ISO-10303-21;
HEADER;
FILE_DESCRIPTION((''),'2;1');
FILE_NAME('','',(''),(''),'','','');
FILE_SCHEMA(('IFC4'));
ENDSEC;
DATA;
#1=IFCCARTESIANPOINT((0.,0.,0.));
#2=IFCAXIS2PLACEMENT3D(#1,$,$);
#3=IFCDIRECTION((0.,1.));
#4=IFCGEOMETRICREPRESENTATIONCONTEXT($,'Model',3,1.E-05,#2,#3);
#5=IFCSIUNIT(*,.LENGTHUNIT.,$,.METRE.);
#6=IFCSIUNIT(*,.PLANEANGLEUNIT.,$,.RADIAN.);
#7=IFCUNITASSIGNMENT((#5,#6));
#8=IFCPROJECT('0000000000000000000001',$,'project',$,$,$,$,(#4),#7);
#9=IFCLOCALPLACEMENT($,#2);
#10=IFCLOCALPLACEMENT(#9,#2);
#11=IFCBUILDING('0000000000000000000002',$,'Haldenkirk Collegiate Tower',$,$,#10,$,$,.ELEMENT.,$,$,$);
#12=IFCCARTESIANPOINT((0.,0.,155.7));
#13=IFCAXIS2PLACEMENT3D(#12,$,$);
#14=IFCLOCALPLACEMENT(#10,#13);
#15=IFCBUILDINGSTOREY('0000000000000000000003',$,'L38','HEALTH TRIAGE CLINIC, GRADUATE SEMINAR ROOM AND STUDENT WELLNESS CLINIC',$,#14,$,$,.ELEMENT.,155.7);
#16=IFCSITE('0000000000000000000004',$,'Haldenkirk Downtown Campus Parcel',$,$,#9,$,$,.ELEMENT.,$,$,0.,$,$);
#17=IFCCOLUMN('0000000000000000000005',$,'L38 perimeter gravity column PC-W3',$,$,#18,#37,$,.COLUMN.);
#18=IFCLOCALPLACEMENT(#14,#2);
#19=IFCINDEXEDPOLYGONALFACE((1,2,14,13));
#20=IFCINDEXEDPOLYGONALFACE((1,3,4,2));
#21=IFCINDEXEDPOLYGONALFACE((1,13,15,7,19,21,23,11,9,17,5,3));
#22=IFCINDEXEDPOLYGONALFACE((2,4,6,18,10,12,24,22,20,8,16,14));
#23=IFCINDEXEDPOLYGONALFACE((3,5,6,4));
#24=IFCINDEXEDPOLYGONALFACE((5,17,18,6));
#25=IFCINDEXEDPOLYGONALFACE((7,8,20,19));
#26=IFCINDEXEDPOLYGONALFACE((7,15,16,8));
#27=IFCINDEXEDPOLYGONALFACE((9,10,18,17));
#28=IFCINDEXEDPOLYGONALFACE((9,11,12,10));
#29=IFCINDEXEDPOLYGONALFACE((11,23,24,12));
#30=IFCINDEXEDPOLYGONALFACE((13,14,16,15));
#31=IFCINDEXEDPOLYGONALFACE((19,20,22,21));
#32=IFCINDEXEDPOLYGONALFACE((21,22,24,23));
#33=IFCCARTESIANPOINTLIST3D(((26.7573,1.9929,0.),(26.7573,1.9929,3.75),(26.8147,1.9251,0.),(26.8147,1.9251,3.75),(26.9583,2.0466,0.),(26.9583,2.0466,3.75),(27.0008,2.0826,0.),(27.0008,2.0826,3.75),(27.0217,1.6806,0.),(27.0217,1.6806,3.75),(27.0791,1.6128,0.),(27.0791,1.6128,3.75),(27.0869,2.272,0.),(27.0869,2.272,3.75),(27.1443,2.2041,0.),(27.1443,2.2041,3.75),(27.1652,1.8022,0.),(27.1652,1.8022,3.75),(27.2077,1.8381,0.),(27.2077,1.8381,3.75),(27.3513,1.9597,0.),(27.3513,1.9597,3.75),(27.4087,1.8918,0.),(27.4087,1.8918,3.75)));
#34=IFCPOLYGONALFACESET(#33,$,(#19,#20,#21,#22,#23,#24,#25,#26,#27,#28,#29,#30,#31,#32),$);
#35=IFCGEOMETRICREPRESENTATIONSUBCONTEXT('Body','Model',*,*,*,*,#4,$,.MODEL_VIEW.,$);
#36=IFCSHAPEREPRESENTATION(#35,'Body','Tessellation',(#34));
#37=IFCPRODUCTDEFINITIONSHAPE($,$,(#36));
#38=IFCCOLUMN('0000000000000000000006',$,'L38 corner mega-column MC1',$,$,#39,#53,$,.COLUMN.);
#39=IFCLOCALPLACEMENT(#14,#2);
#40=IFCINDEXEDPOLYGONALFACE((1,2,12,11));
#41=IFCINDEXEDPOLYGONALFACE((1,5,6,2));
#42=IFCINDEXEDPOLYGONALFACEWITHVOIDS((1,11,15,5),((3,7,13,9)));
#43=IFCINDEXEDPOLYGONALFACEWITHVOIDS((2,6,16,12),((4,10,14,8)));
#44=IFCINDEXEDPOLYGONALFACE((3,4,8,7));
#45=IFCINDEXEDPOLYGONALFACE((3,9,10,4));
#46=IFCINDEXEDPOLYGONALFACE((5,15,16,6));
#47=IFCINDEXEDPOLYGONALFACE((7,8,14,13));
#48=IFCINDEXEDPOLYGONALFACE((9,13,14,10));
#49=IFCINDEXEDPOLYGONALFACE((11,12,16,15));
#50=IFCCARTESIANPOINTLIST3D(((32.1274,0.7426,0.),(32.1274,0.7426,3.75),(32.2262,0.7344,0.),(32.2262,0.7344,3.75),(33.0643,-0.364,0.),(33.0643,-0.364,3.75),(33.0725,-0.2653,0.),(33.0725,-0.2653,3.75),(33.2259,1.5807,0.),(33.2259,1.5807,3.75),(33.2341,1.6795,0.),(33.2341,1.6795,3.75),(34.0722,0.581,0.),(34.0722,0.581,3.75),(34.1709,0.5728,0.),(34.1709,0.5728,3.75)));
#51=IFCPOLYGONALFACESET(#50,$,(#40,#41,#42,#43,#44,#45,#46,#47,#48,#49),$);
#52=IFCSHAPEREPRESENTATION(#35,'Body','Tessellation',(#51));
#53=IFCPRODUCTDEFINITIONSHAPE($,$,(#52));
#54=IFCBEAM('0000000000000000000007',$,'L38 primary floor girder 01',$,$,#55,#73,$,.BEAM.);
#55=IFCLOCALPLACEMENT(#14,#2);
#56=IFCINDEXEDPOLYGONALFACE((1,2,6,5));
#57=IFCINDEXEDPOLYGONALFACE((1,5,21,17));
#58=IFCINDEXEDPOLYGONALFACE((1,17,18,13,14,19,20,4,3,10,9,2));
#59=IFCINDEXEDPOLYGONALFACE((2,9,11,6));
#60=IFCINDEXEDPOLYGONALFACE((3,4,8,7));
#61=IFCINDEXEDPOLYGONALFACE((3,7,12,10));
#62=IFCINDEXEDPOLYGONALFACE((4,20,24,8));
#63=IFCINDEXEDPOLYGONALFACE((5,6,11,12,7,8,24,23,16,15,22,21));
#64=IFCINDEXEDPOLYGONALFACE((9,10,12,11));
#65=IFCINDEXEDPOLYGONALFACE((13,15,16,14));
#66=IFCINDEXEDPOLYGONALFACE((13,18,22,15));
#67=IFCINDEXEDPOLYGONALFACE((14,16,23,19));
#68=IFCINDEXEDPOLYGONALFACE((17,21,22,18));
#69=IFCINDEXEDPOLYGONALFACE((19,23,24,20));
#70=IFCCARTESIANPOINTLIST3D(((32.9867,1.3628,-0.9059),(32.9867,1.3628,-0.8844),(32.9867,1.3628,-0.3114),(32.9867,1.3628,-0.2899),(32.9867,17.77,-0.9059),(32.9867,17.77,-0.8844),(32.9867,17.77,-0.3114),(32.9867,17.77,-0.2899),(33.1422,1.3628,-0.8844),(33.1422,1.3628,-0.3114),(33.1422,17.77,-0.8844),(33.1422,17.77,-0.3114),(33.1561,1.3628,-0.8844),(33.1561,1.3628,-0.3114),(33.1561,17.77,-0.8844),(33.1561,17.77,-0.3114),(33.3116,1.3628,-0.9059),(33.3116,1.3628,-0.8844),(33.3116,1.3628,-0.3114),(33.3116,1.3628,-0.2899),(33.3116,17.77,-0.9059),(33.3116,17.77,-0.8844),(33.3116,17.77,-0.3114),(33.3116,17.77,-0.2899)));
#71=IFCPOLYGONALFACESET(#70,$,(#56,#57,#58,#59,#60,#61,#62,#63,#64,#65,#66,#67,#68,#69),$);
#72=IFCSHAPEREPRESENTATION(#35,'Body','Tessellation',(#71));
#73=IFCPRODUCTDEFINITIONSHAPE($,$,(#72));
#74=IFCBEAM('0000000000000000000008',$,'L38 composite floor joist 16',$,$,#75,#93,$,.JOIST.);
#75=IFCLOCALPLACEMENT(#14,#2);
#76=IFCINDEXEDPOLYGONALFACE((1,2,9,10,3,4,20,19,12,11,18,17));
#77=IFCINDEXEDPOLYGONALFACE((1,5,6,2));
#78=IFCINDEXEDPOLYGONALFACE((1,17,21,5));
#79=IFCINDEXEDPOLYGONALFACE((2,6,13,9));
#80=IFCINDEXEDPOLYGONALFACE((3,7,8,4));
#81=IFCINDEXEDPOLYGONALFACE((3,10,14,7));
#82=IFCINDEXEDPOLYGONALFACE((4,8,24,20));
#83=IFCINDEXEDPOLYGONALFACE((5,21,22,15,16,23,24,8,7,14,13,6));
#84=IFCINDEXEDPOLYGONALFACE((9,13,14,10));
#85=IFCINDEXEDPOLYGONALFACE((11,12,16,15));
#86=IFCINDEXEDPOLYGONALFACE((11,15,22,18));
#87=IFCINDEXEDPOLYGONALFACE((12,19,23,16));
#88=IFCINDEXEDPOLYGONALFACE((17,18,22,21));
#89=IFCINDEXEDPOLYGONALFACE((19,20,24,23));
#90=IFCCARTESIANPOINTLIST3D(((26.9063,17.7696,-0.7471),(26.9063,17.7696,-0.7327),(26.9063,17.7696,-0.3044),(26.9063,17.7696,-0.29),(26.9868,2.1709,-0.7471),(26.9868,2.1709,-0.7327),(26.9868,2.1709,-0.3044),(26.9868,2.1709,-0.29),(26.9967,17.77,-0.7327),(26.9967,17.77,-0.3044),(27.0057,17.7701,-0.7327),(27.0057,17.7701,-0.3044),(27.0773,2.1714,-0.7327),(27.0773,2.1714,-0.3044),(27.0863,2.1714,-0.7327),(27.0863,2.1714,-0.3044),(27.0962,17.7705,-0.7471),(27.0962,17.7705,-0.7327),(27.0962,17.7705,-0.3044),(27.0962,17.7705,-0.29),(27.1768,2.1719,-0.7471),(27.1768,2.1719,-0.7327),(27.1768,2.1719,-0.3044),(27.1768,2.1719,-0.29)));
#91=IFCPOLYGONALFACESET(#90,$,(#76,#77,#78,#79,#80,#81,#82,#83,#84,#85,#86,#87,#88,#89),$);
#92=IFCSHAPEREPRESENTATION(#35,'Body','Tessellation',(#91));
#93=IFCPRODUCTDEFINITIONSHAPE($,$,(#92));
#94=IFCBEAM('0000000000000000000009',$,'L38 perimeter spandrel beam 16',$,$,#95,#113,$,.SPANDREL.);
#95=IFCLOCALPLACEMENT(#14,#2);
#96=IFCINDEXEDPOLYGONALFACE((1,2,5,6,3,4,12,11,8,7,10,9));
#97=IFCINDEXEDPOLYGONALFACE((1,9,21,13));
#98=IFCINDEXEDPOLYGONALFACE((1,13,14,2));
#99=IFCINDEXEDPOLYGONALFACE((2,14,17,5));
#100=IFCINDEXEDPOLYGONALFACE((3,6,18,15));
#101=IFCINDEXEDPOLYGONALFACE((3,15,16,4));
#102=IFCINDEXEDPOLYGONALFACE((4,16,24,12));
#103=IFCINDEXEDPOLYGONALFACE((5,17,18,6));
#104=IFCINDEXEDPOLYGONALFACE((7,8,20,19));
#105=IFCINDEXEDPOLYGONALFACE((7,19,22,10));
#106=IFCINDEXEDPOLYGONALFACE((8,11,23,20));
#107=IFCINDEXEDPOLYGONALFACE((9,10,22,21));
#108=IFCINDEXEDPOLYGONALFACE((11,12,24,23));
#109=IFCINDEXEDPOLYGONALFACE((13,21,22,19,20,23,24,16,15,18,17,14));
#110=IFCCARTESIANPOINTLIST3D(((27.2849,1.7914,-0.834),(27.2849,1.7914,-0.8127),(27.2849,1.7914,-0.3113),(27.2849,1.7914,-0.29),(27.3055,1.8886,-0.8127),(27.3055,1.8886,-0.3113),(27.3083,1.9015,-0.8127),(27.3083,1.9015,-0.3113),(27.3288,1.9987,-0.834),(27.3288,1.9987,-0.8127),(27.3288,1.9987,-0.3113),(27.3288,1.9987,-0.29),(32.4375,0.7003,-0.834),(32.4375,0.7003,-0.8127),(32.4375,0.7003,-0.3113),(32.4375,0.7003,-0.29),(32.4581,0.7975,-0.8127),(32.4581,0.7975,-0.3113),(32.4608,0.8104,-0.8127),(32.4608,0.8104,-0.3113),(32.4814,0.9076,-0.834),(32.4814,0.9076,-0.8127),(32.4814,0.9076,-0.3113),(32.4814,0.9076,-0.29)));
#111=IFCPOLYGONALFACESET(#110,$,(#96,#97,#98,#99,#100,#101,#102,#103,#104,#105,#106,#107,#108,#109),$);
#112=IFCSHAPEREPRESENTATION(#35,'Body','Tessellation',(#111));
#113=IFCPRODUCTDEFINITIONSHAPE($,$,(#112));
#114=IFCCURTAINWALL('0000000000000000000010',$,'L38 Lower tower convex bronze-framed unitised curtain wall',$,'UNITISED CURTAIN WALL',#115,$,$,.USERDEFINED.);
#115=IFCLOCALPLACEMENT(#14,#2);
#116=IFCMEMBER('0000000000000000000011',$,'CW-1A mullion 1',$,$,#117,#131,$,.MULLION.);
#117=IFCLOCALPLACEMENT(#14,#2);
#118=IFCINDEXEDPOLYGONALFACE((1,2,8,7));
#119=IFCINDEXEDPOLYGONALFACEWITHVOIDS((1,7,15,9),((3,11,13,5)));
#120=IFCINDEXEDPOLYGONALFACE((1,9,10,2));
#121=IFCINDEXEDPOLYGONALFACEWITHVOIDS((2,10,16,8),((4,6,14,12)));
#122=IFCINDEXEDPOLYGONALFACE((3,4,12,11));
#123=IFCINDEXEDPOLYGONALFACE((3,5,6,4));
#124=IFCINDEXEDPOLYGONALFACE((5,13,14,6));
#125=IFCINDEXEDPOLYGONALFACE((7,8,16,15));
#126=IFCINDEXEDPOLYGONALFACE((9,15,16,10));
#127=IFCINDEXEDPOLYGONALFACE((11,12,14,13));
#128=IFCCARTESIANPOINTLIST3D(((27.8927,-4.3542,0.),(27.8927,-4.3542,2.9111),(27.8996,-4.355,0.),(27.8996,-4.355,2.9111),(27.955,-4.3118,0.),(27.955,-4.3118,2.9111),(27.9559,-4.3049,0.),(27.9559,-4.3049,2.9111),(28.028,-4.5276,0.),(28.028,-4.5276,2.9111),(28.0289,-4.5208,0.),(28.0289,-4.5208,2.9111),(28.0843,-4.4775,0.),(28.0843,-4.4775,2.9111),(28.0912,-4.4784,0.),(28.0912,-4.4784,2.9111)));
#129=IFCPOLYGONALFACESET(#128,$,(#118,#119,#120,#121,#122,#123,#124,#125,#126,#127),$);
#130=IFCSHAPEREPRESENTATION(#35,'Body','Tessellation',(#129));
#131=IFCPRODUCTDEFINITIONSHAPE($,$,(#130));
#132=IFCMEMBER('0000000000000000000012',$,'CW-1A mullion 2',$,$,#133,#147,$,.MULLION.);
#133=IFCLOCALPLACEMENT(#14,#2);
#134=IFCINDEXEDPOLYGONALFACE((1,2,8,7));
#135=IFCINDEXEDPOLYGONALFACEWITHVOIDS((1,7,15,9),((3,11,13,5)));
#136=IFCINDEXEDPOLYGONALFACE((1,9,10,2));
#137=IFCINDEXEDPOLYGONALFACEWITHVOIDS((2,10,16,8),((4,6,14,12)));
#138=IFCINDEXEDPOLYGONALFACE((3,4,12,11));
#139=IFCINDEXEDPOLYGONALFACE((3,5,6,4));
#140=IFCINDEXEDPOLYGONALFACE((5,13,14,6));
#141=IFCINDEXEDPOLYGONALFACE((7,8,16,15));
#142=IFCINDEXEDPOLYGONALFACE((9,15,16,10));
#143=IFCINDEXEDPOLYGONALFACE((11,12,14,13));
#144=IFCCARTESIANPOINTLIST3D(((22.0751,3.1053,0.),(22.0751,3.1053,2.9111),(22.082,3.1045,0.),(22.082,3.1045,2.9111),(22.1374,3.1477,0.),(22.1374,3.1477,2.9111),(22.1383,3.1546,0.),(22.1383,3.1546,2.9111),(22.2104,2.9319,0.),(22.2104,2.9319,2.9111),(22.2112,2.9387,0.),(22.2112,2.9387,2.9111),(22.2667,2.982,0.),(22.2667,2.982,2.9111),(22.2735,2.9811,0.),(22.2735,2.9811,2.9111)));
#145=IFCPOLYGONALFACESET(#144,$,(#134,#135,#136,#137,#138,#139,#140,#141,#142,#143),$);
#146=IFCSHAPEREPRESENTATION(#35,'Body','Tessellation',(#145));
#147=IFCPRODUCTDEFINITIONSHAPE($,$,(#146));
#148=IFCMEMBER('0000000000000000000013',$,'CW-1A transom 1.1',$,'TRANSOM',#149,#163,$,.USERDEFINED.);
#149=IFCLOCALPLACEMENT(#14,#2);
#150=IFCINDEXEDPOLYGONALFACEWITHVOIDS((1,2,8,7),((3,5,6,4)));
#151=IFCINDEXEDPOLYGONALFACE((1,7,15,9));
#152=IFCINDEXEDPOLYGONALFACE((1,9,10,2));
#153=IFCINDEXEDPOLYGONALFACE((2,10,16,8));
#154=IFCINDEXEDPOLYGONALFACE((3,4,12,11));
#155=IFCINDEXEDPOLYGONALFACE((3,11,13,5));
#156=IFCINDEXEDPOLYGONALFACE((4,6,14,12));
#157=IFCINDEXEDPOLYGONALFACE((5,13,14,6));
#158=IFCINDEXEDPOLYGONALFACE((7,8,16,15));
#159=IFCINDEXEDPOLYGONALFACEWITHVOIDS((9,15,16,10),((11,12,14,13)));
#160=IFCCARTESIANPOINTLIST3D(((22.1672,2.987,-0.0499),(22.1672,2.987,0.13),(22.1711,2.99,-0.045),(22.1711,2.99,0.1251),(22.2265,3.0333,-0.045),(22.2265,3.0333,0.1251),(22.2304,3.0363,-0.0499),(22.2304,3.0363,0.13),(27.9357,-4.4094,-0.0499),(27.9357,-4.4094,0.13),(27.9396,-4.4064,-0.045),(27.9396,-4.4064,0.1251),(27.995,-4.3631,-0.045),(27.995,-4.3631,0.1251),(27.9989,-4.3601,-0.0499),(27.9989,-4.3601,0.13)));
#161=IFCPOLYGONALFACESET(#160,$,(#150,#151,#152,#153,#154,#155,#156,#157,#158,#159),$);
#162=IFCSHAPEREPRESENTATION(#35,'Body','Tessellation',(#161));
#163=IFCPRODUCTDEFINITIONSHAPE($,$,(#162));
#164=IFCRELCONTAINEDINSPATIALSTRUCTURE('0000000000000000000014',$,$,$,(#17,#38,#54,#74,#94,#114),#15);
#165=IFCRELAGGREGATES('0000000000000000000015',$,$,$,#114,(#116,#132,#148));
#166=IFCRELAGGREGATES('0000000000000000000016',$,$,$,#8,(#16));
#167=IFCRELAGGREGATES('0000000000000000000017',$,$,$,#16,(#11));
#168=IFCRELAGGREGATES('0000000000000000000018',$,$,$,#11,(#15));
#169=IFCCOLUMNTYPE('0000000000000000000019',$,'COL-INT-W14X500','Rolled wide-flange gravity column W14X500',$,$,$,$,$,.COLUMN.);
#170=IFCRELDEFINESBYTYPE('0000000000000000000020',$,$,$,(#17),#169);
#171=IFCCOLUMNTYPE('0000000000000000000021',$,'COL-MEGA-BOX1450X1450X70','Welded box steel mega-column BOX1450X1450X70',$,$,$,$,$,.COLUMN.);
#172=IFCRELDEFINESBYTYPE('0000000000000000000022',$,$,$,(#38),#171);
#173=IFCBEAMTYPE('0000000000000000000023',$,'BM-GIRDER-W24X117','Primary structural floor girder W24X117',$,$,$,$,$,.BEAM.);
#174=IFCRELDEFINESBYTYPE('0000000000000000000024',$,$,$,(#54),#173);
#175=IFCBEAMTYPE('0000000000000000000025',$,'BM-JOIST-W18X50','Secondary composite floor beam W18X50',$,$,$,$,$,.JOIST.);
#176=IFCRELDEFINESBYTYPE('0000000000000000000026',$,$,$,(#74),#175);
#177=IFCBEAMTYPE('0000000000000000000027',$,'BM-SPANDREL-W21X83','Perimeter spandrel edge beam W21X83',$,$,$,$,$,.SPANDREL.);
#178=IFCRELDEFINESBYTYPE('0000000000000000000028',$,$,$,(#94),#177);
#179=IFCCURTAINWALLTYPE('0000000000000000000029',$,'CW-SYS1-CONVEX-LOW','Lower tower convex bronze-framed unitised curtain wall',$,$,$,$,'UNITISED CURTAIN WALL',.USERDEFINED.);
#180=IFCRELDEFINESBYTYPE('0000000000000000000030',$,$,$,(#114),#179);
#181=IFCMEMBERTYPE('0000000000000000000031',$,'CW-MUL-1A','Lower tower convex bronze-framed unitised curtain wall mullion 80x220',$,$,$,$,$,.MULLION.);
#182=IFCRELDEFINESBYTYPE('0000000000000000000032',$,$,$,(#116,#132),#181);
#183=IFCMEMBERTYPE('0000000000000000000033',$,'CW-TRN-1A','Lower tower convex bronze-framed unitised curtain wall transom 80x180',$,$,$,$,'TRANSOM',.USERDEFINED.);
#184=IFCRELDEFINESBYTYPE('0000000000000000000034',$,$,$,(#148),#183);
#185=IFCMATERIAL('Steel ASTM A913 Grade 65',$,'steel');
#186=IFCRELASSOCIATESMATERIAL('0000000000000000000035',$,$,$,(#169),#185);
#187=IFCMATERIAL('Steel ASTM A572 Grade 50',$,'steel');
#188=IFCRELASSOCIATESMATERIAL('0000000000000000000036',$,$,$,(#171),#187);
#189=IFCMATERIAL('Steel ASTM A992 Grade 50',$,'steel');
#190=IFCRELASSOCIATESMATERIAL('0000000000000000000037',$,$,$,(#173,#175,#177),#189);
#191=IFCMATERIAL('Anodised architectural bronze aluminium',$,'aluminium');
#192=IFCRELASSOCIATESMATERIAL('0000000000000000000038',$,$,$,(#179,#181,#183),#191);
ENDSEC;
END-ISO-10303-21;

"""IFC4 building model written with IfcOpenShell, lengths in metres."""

from ifc_helpers import new_model, si_unit, direction, frame, origin, origin_2d, place, context, subcontext, project, spatial, hollow_rectangle, i_section, extrude, material, material_profile, profile_set, type_object, element, aggregate, save


model = new_model("IFC4")

# Units and contexts
model_context = context("Model", 3, precision=1e-05, world=origin(), true_north=direction((0.0, 1.0)))
body_context = subcontext(model_context, "Body", "Model", "MODEL_VIEW")
ifc_project = project(units=[si_unit("LENGTHUNIT", "METRE"), si_unit("PLANEANGLEUNIT", "RADIAN")], contexts=[model_context])

# Site, building, storey
site_placement = place(None, origin())
site = spatial("IfcSite", under=ifc_project, at=site_placement, Name="Haldenkirk Downtown Campus Parcel", CompositionType="ELEMENT", RefElevation=0.0)
building_placement = place(site_placement, origin())
building = spatial("IfcBuilding", under=site, at=building_placement, Name="Haldenkirk Collegiate Tower", CompositionType="ELEMENT")
storey_placement = place(building_placement, frame((0.0, 0.0, 155.7)))
storey = spatial("IfcBuildingStorey", under=building, at=storey_placement, Name="L38", Description="HEALTH TRIAGE CLINIC, GRADUATE SEMINAR ROOM AND STUDENT WELLNESS CLINIC", CompositionType="ELEMENT", Elevation=155.7)

# Columns
ifc_material_1 = material(Name="Steel ASTM A913 Grade 65", Category="steel")
ifc_material_profile_1 = material_profile(ifc_material_1, i_section(OverallWidth=0.4319, OverallDepth=0.498, WebThickness=0.0557, FlangeThickness=0.0889, at=origin_2d()), Name="W14X500")
ifc_profile_set_1 = profile_set([ifc_material_profile_1], Name="Steel ASTM A913 Grade 65")
column_type_1 = type_object("IfcColumnType", Name="COL-INT-W14X500", Description="Rolled wide-flange gravity column W14X500", PredefinedType="COLUMN", material=ifc_profile_set_1)
column_1_placement = place(storey_placement, frame((27.083, 1.9424, 0.0), z_axis=(0.0, 0.0, 1.0), x_axis=(0.763232, 0.646124, 0.0)))
element("IfcColumn", 1, at=column_1_placement, inside=storey, type_object=column_type_1, Name="L38 perimeter gravity column PC-W3", PredefinedType="COLUMN", context=body_context, shape_type="SweptSolid", body=[
    extrude(i_section(OverallWidth=0.4319, OverallDepth=0.498, WebThickness=0.0557, FlangeThickness=0.0889, at=origin_2d()), origin(), (0.0, 0.0, 1.0), 3.75),
])
ifc_material_2 = material(Name="Steel ASTM A572 Grade 50", Category="steel")
ifc_material_profile_2 = material_profile(ifc_material_2, hollow_rectangle(XDim=1.45, YDim=1.45, WallThickness=0.0701, at=origin_2d()), Name="BOX1450X1450X70")
ifc_profile_set_2 = profile_set([ifc_material_profile_2], Name="Steel ASTM A572 Grade 50")
column_type_2 = type_object("IfcColumnType", Name="COL-MEGA-BOX1450X1450X70", Description="Welded box steel mega-column BOX1450X1450X70", PredefinedType="COLUMN", material=ifc_profile_set_2)
column_2_placement = place(storey_placement, frame((33.1492, 0.6577, 0.0), z_axis=(0.0, 0.0, 1.0), x_axis=(0.763232, 0.646124, 0.0)))
element("IfcColumn", 2, at=column_2_placement, inside=storey, type_object=column_type_2, Name="L38 corner mega-column MC1", PredefinedType="COLUMN", context=body_context, shape_type="SweptSolid", body=[
    extrude(hollow_rectangle(XDim=1.45, YDim=1.45, WallThickness=0.0701, at=origin_2d()), origin(), (0.0, 0.0, 1.0), 3.75),
])

# Beams
ifc_material_3 = material(Name="Steel ASTM A992 Grade 50", Category="steel")
ifc_material_profile_3 = material_profile(ifc_material_3, i_section(OverallWidth=0.325, OverallDepth=0.616, WebThickness=0.0139, FlangeThickness=0.0215, at=origin_2d()), Name="W24X117")
ifc_profile_set_3 = profile_set([ifc_material_profile_3], Name="Steel ASTM A992 Grade 50")
beam_type_1 = type_object("IfcBeamType", Name="BM-GIRDER-W24X117", Description="Primary structural floor girder W24X117", PredefinedType="BEAM", material=ifc_profile_set_3)
beam_1_placement = place(storey_placement, frame((33.1492, 1.3628, -0.5979), z_axis=(0.0, 1.0, 0.0), x_axis=(-1.0, 0.0, 0.0)))
element("IfcBeam", 3, at=beam_1_placement, inside=storey, type_object=beam_type_1, Name="L38 primary floor girder 01", PredefinedType="BEAM", context=body_context, shape_type="SweptSolid", body=[
    extrude(i_section(OverallWidth=0.325, OverallDepth=0.616, WebThickness=0.0139, FlangeThickness=0.0215, at=origin_2d()), origin(), (0.0, 0.0, 1.0), 16.4072),
])
ifc_material_profile_4 = material_profile(ifc_material_3, i_section(OverallWidth=0.1899, OverallDepth=0.457, WebThickness=0.009, FlangeThickness=0.0144, at=origin_2d()), Name="W18X50")
ifc_profile_set_4 = profile_set([ifc_material_profile_4], Name="Steel ASTM A992 Grade 50")
beam_type_2 = type_object("IfcBeamType", Name="BM-JOIST-W18X50", Description="Secondary composite floor beam W18X50", PredefinedType="JOIST", material=ifc_profile_set_4)
beam_2_placement = place(storey_placement, frame((27.0818, 2.1714, -0.5186), z_axis=(-0.005165, 0.999987, 0.0), x_axis=(-0.999987, -0.005165, 0.0)))
element("IfcBeam", 4, at=beam_2_placement, inside=storey, type_object=beam_type_2, Name="L38 composite floor joist 16", PredefinedType="JOIST", context=body_context, shape_type="SweptSolid", body=[
    extrude(i_section(OverallWidth=0.1899, OverallDepth=0.457, WebThickness=0.009, FlangeThickness=0.0144, at=origin_2d()), origin(), (0.0, 0.0, 1.0), 15.5989),
])
ifc_material_profile_5 = material_profile(ifc_material_3, i_section(OverallWidth=0.2119, OverallDepth=0.5439, WebThickness=0.0132, FlangeThickness=0.0212, at=origin_2d()), Name="W21X83")
ifc_profile_set_5 = profile_set([ifc_material_profile_5], Name="Steel ASTM A992 Grade 50")
beam_type_3 = type_object("IfcBeamType", Name="BM-SPANDREL-W21X83", Description="Perimeter spandrel edge beam W21X83", PredefinedType="SPANDREL", material=ifc_profile_set_5)
beam_3_placement = place(storey_placement, frame((27.3069, 1.895, -0.562), z_axis=(0.978308, -0.207157, 0.0), x_axis=(0.207157, 0.978308, 0.0)))
element("IfcBeam", 5, at=beam_3_placement, inside=storey, type_object=beam_type_3, Name="L38 perimeter spandrel beam 16", PredefinedType="SPANDREL", context=body_context, shape_type="SweptSolid", body=[
    extrude(i_section(OverallWidth=0.2119, OverallDepth=0.5439, WebThickness=0.0132, FlangeThickness=0.0212, at=origin_2d()), origin(), (0.0, 0.0, 1.0), 5.2668),
])

# Curtain wall, members
ifc_material_4 = material(Name="Anodised architectural bronze aluminium", Category="aluminium")
curtain_wall_type = type_object("IfcCurtainWallType", Name="CW-SYS1-CONVEX-LOW", Description="Lower tower convex bronze-framed unitised curtain wall", ElementType="UNITISED CURTAIN WALL", PredefinedType="USERDEFINED", material=ifc_material_4)
curtain_wall_placement = place(storey_placement, origin())
curtain_wall = element("IfcCurtainWall", 6, at=curtain_wall_placement, inside=storey, type_object=curtain_wall_type, Name="L38 Lower tower convex bronze-framed unitised curtain wall", ObjectType="UNITISED CURTAIN WALL", PredefinedType="USERDEFINED")
ifc_material_profile_6 = material_profile(ifc_material_4, hollow_rectangle(XDim=0.0801, YDim=0.22, WallThickness=0.0049, at=origin_2d()), Name="CW-MUL-1A")
ifc_profile_set_6 = profile_set([ifc_material_profile_6], Name="Anodised architectural bronze aluminium")
member_type_1 = type_object("IfcMemberType", Name="CW-MUL-1A", Description="Lower tower convex bronze-framed unitised curtain wall mullion 80x220", PredefinedType="MULLION", material=ifc_profile_set_6)
member_1_placement = place(storey_placement, frame((27.9919, -4.4163, 0.0), z_axis=(0.0, 0.0, 1.0), x_axis=(-0.788548, -0.614974, 0.0)))
member_1 = element("IfcMember", 7, at=member_1_placement, type_object=member_type_1, Name="CW-1A mullion 1", PredefinedType="MULLION", context=body_context, shape_type="SweptSolid", body=[
    extrude(hollow_rectangle(XDim=0.0801, YDim=0.22, WallThickness=0.0049, at=origin_2d()), origin(), (0.0, 0.0, 1.0), 2.9111),
])
member_2_placement = place(storey_placement, frame((22.1743, 3.0432, 0.0), z_axis=(0.0, 0.0, 1.0), x_axis=(-0.788548, -0.614974, 0.0)))
member_2 = element("IfcMember", 8, at=member_2_placement, type_object=member_type_1, Name="CW-1A mullion 2", PredefinedType="MULLION", context=body_context, shape_type="SweptSolid", body=[
    extrude(hollow_rectangle(XDim=0.0801, YDim=0.22, WallThickness=0.0049, at=origin_2d()), origin(), (0.0, 0.0, 1.0), 2.9111),
])
ifc_material_profile_7 = material_profile(ifc_material_4, hollow_rectangle(XDim=0.0801, YDim=0.1799, WallThickness=0.0049, at=origin_2d()), Name="CW-TRN-1A")
ifc_profile_set_7 = profile_set([ifc_material_profile_7], Name="Anodised architectural bronze aluminium")
member_type_2 = type_object("IfcMemberType", Name="CW-TRN-1A", Description="Lower tower convex bronze-framed unitised curtain wall transom 80x180", ElementType="TRANSOM", PredefinedType="USERDEFINED", material=ifc_profile_set_7)
member_3_placement = place(storey_placement, frame((27.9673, -4.3848, 0.04), z_axis=(-0.614985, 0.788539, 0.0), x_axis=(-0.788539, -0.614985, 0.0)))
member_3 = element("IfcMember", 9, at=member_3_placement, type_object=member_type_2, Name="CW-1A transom 1.1", ObjectType="TRANSOM", PredefinedType="USERDEFINED", context=body_context, shape_type="SweptSolid", body=[
    extrude(hollow_rectangle(XDim=0.0801, YDim=0.1799, WallThickness=0.0049, at=origin_2d()), origin(), (0.0, 0.0, 1.0), 9.3799),
])
aggregate(curtain_wall, [member_1, member_2, member_3])

save(model, "model.ifc")
